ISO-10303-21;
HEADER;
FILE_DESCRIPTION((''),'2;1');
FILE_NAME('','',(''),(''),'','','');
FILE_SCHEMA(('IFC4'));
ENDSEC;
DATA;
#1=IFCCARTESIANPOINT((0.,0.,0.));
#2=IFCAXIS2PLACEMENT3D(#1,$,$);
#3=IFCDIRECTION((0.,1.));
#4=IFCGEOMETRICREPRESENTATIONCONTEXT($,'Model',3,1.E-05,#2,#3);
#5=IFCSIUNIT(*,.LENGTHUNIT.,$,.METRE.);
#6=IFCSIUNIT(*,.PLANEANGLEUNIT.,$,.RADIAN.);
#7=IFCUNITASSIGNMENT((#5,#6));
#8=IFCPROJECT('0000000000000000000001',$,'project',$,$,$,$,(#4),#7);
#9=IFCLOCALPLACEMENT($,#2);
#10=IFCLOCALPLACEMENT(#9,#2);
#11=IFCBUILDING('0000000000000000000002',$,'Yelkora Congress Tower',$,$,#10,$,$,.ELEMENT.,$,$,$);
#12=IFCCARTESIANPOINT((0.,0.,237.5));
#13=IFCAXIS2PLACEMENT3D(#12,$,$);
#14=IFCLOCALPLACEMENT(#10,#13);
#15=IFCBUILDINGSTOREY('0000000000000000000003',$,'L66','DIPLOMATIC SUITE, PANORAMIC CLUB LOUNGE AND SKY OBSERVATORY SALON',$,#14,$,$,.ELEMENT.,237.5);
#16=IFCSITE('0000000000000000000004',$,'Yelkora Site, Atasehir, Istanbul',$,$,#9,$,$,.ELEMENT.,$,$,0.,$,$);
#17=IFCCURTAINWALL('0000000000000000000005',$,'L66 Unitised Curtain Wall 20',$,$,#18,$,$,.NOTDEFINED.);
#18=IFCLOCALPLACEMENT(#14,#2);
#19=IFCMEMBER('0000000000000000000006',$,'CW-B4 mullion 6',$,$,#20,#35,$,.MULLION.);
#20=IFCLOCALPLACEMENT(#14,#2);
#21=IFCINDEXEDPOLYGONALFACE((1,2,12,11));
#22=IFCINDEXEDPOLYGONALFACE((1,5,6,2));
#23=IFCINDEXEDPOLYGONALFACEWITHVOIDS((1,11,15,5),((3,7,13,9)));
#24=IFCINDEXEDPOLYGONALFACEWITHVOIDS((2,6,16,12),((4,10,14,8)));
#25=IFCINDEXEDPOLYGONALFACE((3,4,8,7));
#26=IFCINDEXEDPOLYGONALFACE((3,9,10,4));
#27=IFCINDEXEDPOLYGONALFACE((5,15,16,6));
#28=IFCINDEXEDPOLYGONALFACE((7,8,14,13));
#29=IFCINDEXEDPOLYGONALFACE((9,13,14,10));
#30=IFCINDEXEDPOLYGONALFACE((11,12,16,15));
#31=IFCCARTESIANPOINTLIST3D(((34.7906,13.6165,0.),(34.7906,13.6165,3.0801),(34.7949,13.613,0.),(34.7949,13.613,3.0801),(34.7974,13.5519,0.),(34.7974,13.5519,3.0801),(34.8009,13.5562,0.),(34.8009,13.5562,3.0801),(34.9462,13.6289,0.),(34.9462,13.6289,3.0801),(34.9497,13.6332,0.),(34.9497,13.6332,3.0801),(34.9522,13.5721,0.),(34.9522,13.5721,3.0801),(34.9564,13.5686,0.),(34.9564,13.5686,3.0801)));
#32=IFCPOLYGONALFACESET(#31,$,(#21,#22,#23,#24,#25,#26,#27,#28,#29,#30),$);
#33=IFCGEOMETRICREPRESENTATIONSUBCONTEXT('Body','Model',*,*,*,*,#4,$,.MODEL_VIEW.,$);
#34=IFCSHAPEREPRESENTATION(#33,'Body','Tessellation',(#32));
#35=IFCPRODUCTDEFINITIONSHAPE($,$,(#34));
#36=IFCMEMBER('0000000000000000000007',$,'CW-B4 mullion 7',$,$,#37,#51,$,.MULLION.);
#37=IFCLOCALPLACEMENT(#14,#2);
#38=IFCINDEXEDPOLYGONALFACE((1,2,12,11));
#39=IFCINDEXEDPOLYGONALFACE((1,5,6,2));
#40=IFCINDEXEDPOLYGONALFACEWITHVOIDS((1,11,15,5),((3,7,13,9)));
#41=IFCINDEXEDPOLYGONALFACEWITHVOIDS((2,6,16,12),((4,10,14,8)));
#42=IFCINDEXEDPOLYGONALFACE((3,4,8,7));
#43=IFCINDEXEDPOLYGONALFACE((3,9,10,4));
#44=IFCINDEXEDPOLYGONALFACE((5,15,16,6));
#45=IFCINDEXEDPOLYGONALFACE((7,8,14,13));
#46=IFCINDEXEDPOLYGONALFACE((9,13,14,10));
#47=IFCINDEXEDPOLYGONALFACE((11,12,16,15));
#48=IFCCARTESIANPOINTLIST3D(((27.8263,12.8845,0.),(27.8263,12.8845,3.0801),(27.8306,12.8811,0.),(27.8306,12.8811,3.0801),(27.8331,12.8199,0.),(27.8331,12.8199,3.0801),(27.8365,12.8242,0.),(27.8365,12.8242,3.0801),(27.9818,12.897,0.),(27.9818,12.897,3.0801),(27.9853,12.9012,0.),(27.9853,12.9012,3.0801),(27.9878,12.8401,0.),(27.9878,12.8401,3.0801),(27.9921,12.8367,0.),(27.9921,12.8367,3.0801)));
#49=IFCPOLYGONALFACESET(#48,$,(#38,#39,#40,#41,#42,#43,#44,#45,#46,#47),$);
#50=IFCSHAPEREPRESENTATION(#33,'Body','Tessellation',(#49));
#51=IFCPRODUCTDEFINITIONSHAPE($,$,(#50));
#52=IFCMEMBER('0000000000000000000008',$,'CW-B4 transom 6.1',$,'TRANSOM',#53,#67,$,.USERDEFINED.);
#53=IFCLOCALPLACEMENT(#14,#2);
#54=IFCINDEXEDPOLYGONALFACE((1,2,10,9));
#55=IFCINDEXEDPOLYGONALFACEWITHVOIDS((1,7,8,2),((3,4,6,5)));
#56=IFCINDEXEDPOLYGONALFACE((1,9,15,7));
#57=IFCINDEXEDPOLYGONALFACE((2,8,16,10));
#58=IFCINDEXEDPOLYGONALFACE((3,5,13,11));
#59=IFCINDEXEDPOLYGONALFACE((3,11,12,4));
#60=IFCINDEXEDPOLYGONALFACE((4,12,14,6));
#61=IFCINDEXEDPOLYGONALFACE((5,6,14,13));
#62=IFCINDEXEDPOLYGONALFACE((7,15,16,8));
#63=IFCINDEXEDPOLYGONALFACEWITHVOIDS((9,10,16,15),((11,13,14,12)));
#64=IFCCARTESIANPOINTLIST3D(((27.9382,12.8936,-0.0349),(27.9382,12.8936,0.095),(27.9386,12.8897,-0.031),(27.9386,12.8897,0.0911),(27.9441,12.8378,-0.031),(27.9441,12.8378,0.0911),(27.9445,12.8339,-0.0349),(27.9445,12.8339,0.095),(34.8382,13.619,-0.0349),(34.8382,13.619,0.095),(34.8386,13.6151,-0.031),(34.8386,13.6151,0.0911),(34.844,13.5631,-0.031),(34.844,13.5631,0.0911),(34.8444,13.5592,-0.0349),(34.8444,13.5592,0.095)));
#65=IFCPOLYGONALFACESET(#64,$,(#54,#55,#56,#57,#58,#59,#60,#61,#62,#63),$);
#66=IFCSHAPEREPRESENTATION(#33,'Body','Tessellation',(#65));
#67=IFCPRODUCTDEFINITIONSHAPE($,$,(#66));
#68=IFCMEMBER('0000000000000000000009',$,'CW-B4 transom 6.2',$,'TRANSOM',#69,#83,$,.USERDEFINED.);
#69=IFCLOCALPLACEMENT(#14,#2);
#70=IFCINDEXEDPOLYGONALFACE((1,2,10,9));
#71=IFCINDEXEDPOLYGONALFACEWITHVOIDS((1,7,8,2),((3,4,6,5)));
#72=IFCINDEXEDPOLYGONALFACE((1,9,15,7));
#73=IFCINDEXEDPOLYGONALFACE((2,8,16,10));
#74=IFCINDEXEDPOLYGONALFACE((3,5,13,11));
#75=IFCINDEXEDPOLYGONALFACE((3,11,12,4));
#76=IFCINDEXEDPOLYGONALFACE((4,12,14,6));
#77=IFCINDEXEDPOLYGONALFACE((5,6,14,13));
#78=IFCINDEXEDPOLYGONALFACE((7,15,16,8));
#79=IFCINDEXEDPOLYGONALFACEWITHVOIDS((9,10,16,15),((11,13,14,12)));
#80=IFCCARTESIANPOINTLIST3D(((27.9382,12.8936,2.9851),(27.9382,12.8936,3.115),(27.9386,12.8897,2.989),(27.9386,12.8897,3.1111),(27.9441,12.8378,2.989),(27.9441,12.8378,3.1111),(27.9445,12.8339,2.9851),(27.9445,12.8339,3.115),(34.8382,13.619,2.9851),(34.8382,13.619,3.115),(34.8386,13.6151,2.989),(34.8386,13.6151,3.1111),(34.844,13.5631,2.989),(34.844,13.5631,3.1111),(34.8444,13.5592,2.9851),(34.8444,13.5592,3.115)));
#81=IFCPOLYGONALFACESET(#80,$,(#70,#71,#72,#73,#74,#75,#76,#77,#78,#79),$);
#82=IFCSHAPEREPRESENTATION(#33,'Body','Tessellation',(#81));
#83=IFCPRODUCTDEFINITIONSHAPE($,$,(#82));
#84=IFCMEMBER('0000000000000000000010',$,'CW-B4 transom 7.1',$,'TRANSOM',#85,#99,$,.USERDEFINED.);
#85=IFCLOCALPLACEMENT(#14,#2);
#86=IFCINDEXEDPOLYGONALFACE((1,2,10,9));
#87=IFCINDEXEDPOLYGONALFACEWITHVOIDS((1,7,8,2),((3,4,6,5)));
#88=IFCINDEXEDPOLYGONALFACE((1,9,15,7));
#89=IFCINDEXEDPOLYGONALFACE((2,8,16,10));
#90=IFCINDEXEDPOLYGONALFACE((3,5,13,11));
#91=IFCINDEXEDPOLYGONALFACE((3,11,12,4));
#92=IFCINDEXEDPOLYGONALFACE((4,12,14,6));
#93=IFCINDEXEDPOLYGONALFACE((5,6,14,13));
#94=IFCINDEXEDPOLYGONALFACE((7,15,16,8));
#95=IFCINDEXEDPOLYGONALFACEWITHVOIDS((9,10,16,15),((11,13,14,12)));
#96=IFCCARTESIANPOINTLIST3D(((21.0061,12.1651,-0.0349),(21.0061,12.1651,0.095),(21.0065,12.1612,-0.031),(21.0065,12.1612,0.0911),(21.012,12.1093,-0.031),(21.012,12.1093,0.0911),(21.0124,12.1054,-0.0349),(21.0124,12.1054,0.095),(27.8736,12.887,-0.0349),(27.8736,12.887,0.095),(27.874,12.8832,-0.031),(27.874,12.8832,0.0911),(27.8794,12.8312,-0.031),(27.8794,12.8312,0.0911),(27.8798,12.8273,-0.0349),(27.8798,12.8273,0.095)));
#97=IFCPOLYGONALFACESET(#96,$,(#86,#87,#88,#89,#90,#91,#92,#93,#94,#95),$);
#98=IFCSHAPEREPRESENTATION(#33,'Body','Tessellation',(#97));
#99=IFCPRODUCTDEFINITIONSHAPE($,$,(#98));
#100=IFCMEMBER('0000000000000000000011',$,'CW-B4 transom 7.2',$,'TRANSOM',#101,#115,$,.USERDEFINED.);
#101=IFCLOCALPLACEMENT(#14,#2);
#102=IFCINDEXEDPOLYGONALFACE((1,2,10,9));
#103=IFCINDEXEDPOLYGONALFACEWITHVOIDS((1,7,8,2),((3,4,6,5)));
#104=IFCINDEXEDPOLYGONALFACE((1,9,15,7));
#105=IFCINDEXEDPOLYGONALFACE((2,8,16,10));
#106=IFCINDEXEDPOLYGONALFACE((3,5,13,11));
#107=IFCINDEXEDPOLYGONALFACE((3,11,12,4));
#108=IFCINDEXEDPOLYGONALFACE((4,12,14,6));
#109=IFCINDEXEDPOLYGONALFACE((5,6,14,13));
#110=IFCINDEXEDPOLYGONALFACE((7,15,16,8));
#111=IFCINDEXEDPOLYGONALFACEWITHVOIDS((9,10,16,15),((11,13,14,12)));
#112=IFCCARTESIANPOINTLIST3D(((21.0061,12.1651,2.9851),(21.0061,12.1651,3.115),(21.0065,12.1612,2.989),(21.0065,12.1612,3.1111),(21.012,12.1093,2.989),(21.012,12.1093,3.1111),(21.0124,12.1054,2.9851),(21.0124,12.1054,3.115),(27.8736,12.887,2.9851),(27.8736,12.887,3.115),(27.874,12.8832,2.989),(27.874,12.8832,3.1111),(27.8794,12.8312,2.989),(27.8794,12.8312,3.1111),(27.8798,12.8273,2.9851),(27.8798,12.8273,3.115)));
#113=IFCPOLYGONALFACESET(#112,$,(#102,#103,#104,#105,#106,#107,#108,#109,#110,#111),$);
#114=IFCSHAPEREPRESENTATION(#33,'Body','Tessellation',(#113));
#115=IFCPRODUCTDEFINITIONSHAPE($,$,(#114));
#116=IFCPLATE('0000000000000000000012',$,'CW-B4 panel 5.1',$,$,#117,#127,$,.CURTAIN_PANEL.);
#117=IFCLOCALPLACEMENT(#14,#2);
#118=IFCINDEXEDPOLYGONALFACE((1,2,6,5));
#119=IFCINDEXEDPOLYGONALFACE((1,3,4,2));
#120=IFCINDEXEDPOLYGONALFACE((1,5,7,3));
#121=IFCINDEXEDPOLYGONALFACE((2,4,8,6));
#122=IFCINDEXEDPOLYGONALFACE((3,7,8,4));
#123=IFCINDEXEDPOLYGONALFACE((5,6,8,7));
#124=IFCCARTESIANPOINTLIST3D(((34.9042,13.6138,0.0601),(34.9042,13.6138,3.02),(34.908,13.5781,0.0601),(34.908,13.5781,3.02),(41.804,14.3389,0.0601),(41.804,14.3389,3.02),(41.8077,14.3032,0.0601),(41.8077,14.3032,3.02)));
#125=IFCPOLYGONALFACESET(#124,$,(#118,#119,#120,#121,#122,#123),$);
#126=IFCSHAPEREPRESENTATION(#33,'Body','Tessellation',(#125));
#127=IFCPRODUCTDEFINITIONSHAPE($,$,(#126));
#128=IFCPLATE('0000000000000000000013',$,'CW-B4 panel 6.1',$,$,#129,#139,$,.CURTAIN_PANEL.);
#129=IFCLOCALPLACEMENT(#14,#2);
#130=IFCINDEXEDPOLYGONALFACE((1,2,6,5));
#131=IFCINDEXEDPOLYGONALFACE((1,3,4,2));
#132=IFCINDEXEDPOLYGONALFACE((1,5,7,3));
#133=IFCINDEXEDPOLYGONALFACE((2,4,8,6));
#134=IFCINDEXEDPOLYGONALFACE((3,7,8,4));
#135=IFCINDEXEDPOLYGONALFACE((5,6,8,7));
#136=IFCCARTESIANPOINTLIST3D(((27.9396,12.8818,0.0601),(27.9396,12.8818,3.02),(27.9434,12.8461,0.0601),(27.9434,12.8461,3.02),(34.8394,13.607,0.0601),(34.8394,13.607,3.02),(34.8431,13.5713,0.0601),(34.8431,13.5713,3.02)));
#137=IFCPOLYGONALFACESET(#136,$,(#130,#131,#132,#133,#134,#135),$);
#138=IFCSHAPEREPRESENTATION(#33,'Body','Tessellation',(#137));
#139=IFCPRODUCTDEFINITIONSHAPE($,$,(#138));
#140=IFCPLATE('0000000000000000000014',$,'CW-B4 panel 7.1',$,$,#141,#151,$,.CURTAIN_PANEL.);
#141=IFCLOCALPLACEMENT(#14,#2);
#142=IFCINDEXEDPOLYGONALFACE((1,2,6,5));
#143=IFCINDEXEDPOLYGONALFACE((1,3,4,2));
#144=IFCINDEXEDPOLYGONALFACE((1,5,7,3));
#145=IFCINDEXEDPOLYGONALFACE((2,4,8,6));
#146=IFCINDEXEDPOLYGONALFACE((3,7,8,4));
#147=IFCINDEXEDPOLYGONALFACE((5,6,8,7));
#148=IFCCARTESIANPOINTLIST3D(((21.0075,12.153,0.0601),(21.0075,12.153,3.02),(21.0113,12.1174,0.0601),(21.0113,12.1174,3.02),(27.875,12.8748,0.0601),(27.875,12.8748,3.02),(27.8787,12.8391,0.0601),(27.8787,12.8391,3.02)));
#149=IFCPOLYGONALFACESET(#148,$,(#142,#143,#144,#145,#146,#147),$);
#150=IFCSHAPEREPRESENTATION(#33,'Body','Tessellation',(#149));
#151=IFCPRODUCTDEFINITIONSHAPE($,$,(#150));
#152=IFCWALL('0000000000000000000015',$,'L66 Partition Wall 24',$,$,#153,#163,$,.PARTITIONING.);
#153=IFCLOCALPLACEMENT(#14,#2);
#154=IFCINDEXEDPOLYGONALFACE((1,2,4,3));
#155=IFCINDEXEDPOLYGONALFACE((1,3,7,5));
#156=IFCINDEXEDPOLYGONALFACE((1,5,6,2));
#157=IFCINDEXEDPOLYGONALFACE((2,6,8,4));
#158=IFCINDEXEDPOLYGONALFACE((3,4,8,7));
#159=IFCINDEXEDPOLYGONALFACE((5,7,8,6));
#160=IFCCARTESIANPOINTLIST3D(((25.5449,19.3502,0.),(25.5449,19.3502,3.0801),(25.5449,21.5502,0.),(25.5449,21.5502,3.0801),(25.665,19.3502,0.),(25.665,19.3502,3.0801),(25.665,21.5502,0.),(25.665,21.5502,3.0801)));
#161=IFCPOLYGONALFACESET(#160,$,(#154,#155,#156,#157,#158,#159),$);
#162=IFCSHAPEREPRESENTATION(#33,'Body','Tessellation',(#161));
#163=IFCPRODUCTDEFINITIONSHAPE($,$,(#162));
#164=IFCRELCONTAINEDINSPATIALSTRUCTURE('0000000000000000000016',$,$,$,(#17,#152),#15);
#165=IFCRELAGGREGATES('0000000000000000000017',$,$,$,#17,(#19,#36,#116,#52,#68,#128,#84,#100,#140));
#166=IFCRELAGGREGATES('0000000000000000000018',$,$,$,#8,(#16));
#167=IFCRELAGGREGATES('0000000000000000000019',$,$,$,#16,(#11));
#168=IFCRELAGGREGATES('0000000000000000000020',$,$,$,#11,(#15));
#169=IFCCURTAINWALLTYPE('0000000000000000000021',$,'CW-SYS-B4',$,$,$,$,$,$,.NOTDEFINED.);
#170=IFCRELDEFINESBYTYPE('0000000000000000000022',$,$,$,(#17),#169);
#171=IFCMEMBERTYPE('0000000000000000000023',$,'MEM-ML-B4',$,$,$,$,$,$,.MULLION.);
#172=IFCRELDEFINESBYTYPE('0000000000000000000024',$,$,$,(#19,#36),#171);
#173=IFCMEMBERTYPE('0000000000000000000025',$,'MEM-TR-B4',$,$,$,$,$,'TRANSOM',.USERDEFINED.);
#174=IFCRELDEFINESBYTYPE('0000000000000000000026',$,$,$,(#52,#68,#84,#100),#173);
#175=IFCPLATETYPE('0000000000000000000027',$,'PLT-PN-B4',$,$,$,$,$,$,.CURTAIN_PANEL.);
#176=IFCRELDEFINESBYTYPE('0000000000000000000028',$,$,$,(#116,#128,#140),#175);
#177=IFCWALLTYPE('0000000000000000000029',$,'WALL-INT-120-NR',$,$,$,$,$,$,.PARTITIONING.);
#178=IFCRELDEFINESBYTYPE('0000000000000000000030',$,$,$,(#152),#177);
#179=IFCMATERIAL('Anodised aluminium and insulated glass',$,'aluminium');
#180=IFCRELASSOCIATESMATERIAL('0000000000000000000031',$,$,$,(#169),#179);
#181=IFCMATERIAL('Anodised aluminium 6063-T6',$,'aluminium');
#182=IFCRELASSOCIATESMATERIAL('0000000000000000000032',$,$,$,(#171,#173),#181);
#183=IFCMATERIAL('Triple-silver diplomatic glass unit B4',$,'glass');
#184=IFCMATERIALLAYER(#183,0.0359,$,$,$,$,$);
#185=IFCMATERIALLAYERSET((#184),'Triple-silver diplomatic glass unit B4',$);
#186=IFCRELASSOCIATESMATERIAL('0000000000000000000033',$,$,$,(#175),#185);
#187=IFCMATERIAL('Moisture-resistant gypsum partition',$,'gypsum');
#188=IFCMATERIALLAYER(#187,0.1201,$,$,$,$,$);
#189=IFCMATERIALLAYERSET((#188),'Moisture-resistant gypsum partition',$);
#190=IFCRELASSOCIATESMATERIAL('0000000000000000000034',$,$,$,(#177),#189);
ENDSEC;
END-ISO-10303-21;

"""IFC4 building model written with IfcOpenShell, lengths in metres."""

from ifc_helpers import new_model, si_unit, direction, frame, frame_2d, origin, origin_2d, place, context, subcontext, project, spatial, rectangle, hollow_rectangle, extrude, material, layer, layer_set, material_profile, profile_set, type_object, element, aggregate, save


model = new_model("IFC4")

# Units and contexts
model_context = context("Model", 3, precision=1e-05, world=origin(), true_north=direction((0.0, 1.0)))
body_context = subcontext(model_context, "Body", "Model", "MODEL_VIEW")
ifc_project = project(units=[si_unit("LENGTHUNIT", "METRE"), si_unit("PLANEANGLEUNIT", "RADIAN")], contexts=[model_context])

# Site, building, storey
site_placement = place(None, origin())
site = spatial("IfcSite", under=ifc_project, at=site_placement, Name="Yelkora Site, Atasehir, Istanbul", CompositionType="ELEMENT", RefElevation=0.0)
building_placement = place(site_placement, origin())
building = spatial("IfcBuilding", under=site, at=building_placement, Name="Yelkora Congress Tower", CompositionType="ELEMENT")
storey_placement = place(building_placement, frame((0.0, 0.0, 237.5)))
storey = spatial("IfcBuildingStorey", under=building, at=storey_placement, Name="L66", Description="DIPLOMATIC SUITE, PANORAMIC CLUB LOUNGE AND SKY OBSERVATORY SALON", CompositionType="ELEMENT", Elevation=237.5)

# Curtain wall, members, plates
ifc_material_1 = material(Name="Anodised aluminium and insulated glass", Category="aluminium")
curtain_wall_type = type_object("IfcCurtainWallType", Name="CW-SYS-B4", PredefinedType="NOTDEFINED", material=ifc_material_1)
curtain_wall_placement = place(storey_placement, origin())
curtain_wall = element("IfcCurtainWall", 1, at=curtain_wall_placement, inside=storey, type_object=curtain_wall_type, Name="L66 Unitised Curtain Wall 20", PredefinedType="NOTDEFINED")
ifc_material_2 = material(Name="Anodised aluminium 6063-T6", Category="aluminium")
ifc_material_profile_1 = material_profile(ifc_material_2, hollow_rectangle(XDim=0.0649, YDim=0.1599, WallThickness=0.0039, at=origin_2d()), Name="ALU 65x160x4")
ifc_profile_set_1 = profile_set([ifc_material_profile_1], Name="Anodised aluminium 6063-T6")
member_type_1 = type_object("IfcMemberType", Name="MEM-ML-B4", PredefinedType="MULLION", material=ifc_profile_set_1)
member_1_placement = place(storey_placement, frame((34.8735, 13.5925, 0.0), z_axis=(0.0, 0.0, 1.0), x_axis=(0.104527, -0.994522, 0.0)))
member_1 = element("IfcMember", 2, at=member_1_placement, type_object=member_type_1, Name="CW-B4 mullion 6", PredefinedType="MULLION", context=body_context, shape_type="SweptSolid", body=[
    extrude(hollow_rectangle(XDim=0.0649, YDim=0.1599, WallThickness=0.0039, at=origin_2d()), origin(), (0.0, 0.0, 1.0), 3.0801),
])
member_2_placement = place(storey_placement, frame((27.9092, 12.8606, 0.0), z_axis=(0.0, 0.0, 1.0), x_axis=(0.104527, -0.994522, 0.0)))
member_2 = element("IfcMember", 3, at=member_2_placement, type_object=member_type_1, Name="CW-B4 mullion 7", PredefinedType="MULLION", context=body_context, shape_type="SweptSolid", body=[
    extrude(hollow_rectangle(XDim=0.0649, YDim=0.1599, WallThickness=0.0039, at=origin_2d()), origin(), (0.0, 0.0, 1.0), 3.0801),
])
ifc_material_profile_2 = material_profile(ifc_material_2, hollow_rectangle(XDim=0.0601, YDim=0.1299, WallThickness=0.0039, at=origin_2d()), Name="ALU 60x130x4")
ifc_profile_set_2 = profile_set([ifc_material_profile_2], Name="Anodised aluminium 6063-T6")
member_type_2 = type_object("IfcMemberType", Name="MEM-TR-B4", ElementType="TRANSOM", PredefinedType="USERDEFINED", material=ifc_profile_set_2)
member_3_placement = place(storey_placement, frame((34.8413, 13.5891, 0.03), z_axis=(-0.99452, -0.104547, 0.0), x_axis=(0.104547, -0.99452, 0.0)))
member_3 = element("IfcMember", 4, at=member_3_placement, type_object=member_type_2, Name="CW-B4 transom 6.1", ObjectType="TRANSOM", PredefinedType="USERDEFINED", context=body_context, shape_type="SweptSolid", body=[
    extrude(hollow_rectangle(XDim=0.0601, YDim=0.1299, WallThickness=0.0039, at=origin_2d()), origin(), (0.0, 0.0, 1.0), 6.938),
])
member_4_placement = place(storey_placement, frame((34.8413, 13.5891, 3.05), z_axis=(-0.99452, -0.104547, 0.0), x_axis=(0.104547, -0.99452, 0.0)))
member_4 = element("IfcMember", 5, at=member_4_placement, type_object=member_type_2, Name="CW-B4 transom 6.2", ObjectType="TRANSOM", PredefinedType="USERDEFINED", context=body_context, shape_type="SweptSolid", body=[
    extrude(hollow_rectangle(XDim=0.0601, YDim=0.1299, WallThickness=0.0039, at=origin_2d()), origin(), (0.0, 0.0, 1.0), 6.938),
])
member_5_placement = place(storey_placement, frame((27.8767, 12.8572, 0.03), z_axis=(-0.99452, -0.104547, 0.0), x_axis=(0.104547, -0.99452, 0.0)))
member_5 = element("IfcMember", 6, at=member_5_placement, type_object=member_type_2, Name="CW-B4 transom 7.1", ObjectType="TRANSOM", PredefinedType="USERDEFINED", context=body_context, shape_type="SweptSolid", body=[
    extrude(hollow_rectangle(XDim=0.0601, YDim=0.1299, WallThickness=0.0039, at=origin_2d()), origin(), (0.0, 0.0, 1.0), 6.9053),
])
member_6_placement = place(storey_placement, frame((27.8767, 12.8572, 3.05), z_axis=(-0.99452, -0.104547, 0.0), x_axis=(0.104547, -0.99452, 0.0)))
member_6 = element("IfcMember", 7, at=member_6_placement, type_object=member_type_2, Name="CW-B4 transom 7.2", ObjectType="TRANSOM", PredefinedType="USERDEFINED", context=body_context, shape_type="SweptSolid", body=[
    extrude(hollow_rectangle(XDim=0.0601, YDim=0.1299, WallThickness=0.0039, at=origin_2d()), origin(), (0.0, 0.0, 1.0), 6.9053),
])
ifc_material_3 = material(Name="Triple-silver diplomatic glass unit B4", Category="glass")
ifc_layer_1 = layer(ifc_material_3, 0.0359)
ifc_layer_set_1 = layer_set([ifc_layer_1], Name="Triple-silver diplomatic glass unit B4")
plate_type = type_object("IfcPlateType", Name="PLT-PN-B4", PredefinedType="CURTAIN_PANEL", material=ifc_layer_set_1)
plate_1_placement = place(storey_placement, frame((38.356, 13.9585, 0.0601), z_axis=(0.0, 0.0, 1.0), x_axis=(-0.994522, -0.104527, 0.0)))
plate_1 = element("IfcPlate", 8, at=plate_1_placement, type_object=plate_type, Name="CW-B4 panel 5.1", PredefinedType="CURTAIN_PANEL", context=body_context, shape_type="SweptSolid", body=[
    extrude(rectangle(XDim=6.9377, YDim=0.0359, at=origin_2d()), origin(), (0.0, 0.0, 1.0), 2.96),
])
plate_2_placement = place(storey_placement, frame((31.3914, 13.2266, 0.0601), z_axis=(0.0, 0.0, 1.0), x_axis=(-0.994522, -0.104527, 0.0)))
plate_2 = element("IfcPlate", 9, at=plate_2_placement, type_object=plate_type, Name="CW-B4 panel 6.1", PredefinedType="CURTAIN_PANEL", context=body_context, shape_type="SweptSolid", body=[
    extrude(rectangle(XDim=6.9377, YDim=0.0359, at=origin_2d()), origin(), (0.0, 0.0, 1.0), 2.96),
])
plate_3_placement = place(storey_placement, frame((24.4431, 12.4961, 0.0601), z_axis=(0.0, 0.0, 1.0), x_axis=(-0.994522, -0.104527, 0.0)))
plate_3 = element("IfcPlate", 10, at=plate_3_placement, type_object=plate_type, Name="CW-B4 panel 7.1", PredefinedType="CURTAIN_PANEL", context=body_context, shape_type="SweptSolid", body=[
    extrude(rectangle(XDim=6.9053, YDim=0.0359, at=origin_2d()), origin(), (0.0, 0.0, 1.0), 2.96),
])
aggregate(curtain_wall, [member_1, member_2, plate_1, member_3, member_4, plate_2, member_5, member_6, plate_3])

# Wall
ifc_material_4 = material(Name="Moisture-resistant gypsum partition", Category="gypsum")
ifc_layer_2 = layer(ifc_material_4, 0.1201)
ifc_layer_set_2 = layer_set([ifc_layer_2], Name="Moisture-resistant gypsum partition")
wall_type_1 = type_object("IfcWallType", Name="WALL-INT-120-NR", PredefinedType="PARTITIONING", material=ifc_layer_set_2)
wall_1_placement = place(storey_placement, frame((25.605, 19.3501, 0.0), z_axis=(0.0, 0.0, 1.0), x_axis=(0.0, 1.0, 0.0)))
element("IfcWall", 11, at=wall_1_placement, inside=storey, type_object=wall_type_1, Name="L66 Partition Wall 24", PredefinedType="PARTITIONING", context=body_context, shape_type="SweptSolid", body=[
    extrude(rectangle(XDim=2.2, YDim=0.1201, at=frame_2d((1.1001, 0.0))), origin(), (0.0, 0.0, 1.0), 3.0801),
])

save(model, "model.ifc")
